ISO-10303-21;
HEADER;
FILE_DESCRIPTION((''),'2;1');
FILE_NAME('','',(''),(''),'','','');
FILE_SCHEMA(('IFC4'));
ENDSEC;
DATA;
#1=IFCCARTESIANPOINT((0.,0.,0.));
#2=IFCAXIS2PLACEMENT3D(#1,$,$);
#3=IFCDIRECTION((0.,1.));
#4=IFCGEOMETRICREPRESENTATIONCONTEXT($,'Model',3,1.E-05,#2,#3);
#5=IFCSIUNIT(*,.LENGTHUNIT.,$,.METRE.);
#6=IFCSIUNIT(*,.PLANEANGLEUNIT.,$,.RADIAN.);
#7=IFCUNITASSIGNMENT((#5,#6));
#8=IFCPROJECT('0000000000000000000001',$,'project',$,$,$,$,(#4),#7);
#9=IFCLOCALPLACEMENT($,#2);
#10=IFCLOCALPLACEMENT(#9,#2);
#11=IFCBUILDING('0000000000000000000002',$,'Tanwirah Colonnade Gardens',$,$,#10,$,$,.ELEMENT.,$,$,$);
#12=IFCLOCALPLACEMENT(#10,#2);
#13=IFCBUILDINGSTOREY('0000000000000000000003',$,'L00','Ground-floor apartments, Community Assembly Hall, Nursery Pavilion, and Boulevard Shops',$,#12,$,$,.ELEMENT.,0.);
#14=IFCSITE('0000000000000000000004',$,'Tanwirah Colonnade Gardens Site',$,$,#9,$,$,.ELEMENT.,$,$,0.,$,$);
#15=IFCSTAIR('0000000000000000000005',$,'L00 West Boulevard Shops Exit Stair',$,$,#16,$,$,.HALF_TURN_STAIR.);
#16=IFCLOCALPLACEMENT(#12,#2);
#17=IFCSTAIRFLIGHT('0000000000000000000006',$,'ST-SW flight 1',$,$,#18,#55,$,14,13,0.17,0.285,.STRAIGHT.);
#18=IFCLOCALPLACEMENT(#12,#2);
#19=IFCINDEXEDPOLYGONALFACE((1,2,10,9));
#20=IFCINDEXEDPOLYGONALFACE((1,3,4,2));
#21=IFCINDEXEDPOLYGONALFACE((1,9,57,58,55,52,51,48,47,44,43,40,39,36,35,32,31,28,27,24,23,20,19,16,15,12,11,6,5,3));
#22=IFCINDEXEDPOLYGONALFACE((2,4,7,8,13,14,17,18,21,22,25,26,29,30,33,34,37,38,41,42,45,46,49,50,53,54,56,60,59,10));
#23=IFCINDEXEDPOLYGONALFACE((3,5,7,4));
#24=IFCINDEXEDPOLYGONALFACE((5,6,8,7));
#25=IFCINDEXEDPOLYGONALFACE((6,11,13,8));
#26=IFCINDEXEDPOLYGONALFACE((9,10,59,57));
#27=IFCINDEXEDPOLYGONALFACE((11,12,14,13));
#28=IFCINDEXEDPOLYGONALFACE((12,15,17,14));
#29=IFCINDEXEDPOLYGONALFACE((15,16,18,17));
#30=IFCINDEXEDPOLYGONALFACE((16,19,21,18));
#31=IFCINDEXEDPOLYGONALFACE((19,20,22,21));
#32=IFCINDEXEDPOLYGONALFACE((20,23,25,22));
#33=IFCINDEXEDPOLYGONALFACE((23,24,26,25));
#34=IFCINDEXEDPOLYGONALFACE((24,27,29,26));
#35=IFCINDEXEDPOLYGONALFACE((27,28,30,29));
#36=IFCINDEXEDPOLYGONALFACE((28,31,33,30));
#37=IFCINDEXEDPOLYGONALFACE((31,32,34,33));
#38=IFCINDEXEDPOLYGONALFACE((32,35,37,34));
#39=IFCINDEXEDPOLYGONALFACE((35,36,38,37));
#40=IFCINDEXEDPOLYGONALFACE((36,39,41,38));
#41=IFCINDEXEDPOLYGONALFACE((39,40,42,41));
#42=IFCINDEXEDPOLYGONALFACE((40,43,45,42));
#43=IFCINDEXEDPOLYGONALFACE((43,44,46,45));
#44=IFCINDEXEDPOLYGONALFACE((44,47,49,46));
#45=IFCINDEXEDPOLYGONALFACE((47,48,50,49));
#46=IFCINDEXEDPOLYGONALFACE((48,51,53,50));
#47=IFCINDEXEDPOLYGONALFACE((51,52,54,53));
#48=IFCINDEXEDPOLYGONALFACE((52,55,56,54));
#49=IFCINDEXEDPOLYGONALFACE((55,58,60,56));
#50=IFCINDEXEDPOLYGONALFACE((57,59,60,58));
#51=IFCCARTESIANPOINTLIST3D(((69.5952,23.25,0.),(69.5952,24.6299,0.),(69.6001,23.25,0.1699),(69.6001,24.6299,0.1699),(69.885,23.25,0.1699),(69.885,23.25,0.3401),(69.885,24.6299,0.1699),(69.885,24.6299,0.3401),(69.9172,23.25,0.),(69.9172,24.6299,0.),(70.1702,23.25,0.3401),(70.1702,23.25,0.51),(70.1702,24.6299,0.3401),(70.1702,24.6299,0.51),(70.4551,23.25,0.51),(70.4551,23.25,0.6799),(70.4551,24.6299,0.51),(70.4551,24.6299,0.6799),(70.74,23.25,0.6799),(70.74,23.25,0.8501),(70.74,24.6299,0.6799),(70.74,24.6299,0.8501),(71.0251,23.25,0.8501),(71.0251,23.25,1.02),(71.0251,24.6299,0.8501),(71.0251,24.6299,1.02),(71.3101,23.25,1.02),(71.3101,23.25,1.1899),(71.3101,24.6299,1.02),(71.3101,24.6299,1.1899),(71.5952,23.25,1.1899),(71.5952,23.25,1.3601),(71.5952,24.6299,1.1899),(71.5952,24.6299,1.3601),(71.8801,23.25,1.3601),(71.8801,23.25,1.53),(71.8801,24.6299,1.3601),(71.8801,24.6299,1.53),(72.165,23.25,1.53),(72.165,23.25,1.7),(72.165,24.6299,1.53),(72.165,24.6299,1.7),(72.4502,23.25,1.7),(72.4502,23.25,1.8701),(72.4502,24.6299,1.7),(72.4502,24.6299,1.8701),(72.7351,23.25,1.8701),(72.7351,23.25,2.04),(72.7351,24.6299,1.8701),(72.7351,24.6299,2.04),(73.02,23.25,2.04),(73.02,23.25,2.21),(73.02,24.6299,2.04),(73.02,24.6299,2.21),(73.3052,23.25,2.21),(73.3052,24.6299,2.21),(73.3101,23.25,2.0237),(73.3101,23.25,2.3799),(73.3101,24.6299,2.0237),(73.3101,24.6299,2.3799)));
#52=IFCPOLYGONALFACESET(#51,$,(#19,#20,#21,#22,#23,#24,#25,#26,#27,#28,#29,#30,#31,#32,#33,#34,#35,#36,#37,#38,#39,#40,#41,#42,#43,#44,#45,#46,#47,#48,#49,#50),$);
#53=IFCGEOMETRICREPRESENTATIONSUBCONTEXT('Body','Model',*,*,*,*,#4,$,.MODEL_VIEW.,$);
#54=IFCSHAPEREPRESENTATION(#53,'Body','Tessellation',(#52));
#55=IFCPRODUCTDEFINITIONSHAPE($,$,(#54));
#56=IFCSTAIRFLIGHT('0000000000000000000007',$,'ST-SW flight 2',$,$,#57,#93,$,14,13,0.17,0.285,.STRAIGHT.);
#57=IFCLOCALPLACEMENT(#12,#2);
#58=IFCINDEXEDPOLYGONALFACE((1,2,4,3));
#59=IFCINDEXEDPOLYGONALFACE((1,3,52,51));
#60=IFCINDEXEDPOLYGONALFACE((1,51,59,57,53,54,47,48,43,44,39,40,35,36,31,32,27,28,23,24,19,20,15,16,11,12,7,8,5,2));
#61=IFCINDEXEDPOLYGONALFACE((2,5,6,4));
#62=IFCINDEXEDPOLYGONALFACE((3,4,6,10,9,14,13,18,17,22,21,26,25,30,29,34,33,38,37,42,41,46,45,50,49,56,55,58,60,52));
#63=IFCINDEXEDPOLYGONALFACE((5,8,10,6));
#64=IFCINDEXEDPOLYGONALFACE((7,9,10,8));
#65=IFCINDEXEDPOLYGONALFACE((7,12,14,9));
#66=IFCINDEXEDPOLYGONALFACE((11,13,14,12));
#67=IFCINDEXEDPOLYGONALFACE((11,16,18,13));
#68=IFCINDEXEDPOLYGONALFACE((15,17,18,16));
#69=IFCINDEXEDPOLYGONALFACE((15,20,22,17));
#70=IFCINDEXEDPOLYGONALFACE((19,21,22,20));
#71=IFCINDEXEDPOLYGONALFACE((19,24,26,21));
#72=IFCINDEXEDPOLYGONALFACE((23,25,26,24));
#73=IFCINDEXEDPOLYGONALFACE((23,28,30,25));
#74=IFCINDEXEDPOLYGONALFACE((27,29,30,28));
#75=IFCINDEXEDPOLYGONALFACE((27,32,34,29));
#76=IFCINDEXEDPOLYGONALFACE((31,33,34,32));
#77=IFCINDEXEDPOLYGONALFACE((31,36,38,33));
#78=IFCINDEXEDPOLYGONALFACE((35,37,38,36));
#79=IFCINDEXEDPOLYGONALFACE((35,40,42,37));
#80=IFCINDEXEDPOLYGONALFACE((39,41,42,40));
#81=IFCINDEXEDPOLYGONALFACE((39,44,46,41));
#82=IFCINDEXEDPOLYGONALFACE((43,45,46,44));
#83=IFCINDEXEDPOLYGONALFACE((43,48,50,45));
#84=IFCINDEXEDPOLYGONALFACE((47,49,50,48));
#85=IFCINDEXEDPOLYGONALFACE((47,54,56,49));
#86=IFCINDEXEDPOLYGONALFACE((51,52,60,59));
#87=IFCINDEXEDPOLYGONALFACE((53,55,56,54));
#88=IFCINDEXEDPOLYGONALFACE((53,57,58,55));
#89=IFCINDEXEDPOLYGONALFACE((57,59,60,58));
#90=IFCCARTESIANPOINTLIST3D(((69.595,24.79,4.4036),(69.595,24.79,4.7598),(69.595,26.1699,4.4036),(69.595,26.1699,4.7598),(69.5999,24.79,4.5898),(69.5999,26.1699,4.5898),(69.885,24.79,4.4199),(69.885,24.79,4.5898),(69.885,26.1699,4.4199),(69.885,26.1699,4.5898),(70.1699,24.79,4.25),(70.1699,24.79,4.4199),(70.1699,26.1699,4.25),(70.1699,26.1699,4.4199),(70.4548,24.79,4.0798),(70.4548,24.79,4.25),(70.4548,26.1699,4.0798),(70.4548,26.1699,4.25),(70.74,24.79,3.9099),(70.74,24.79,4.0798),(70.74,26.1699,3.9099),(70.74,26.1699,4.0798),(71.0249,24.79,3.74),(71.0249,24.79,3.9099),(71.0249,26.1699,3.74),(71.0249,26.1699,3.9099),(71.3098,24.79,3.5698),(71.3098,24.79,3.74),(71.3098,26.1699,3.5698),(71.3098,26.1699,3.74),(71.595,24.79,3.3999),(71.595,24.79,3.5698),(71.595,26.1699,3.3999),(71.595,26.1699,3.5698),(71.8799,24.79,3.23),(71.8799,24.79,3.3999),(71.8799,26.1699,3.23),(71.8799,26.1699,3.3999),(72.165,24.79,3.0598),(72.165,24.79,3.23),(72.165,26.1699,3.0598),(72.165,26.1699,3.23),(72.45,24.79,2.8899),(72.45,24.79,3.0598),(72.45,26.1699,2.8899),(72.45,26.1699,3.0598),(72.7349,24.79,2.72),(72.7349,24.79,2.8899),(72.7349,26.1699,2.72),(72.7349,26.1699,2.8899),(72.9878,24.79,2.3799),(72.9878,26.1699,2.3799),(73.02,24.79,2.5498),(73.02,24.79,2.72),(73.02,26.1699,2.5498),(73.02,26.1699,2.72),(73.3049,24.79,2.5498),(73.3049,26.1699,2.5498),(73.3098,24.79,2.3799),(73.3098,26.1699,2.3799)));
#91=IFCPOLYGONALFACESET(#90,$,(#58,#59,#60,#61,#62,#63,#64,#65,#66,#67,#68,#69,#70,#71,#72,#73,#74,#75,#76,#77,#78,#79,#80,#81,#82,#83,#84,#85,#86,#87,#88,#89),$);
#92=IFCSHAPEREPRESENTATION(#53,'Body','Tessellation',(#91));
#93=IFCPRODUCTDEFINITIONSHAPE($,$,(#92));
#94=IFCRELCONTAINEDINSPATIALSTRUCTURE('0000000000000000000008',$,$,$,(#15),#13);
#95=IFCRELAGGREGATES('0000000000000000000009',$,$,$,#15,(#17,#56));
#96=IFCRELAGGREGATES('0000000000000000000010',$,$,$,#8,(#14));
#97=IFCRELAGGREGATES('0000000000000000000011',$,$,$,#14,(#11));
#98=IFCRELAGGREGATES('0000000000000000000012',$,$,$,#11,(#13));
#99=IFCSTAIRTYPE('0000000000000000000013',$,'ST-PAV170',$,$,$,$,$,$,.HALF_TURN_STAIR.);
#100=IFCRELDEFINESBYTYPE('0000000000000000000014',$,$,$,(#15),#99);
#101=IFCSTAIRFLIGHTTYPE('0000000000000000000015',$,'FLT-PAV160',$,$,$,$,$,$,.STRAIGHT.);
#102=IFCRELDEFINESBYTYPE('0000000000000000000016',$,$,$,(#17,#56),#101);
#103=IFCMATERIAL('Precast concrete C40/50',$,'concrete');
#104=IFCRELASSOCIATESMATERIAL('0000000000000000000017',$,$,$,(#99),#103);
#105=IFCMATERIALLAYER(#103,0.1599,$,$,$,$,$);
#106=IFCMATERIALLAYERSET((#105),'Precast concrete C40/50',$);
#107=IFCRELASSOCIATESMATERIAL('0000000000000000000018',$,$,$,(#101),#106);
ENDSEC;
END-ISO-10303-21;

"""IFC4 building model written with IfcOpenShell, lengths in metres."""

from ifc_helpers import new_model, si_unit, direction, frame, origin, place, context, subcontext, project, spatial, polyline, outline, extrude, material, layer, layer_set, type_object, element, aggregate, save


model = new_model("IFC4")

# Units and contexts
model_context = context("Model", 3, precision=1e-05, world=origin(), true_north=direction((0.0, 1.0)))
body_context = subcontext(model_context, "Body", "Model", "MODEL_VIEW")
ifc_project = project(units=[si_unit("LENGTHUNIT", "METRE"), si_unit("PLANEANGLEUNIT", "RADIAN")], contexts=[model_context])

# Site, building, storey
site_placement = place(None, origin())
site = spatial("IfcSite", under=ifc_project, at=site_placement, Name="Tanwirah Colonnade Gardens Site", CompositionType="ELEMENT", RefElevation=0.0)
building_placement = place(site_placement, origin())
building = spatial("IfcBuilding", under=site, at=building_placement, Name="Tanwirah Colonnade Gardens", CompositionType="ELEMENT")
storey_placement = place(building_placement, origin())
storey = spatial("IfcBuildingStorey", under=building, at=storey_placement, Name="L00", Description="Ground-floor apartments, Community Assembly Hall, Nursery Pavilion, and Boulevard Shops", CompositionType="ELEMENT", Elevation=0.0)

# Shared definitions
ifc_material_1 = material(Name="Precast concrete C40/50", Category="concrete")

# Stair, stair flights
stair_type = type_object("IfcStairType", Name="ST-PAV170", PredefinedType="HALF_TURN_STAIR", material=ifc_material_1)
stair_placement = place(storey_placement, origin())
stair = element("IfcStair", 1, at=stair_placement, inside=storey, type_object=stair_type, Name="L00 West Boulevard Shops Exit Stair", PredefinedType="HALF_TURN_STAIR")
ifc_layer_1 = layer(ifc_material_1, 0.1599)
ifc_layer_set_1 = layer_set([ifc_layer_1], Name="Precast concrete C40/50")
stair_flight_type = type_object("IfcStairFlightType", Name="FLT-PAV160", PredefinedType="STRAIGHT", material=ifc_layer_set_1)
stair_flight_1_placement = place(storey_placement, frame((69.6001, 23.9399, 0.0), z_axis=(0.0, 0.0, 1.0), x_axis=(1.0, 0.0, 0.0)))
stair_flight_1 = element("IfcStairFlight", 2, at=stair_flight_1_placement, type_object=stair_flight_type, Name="ST-SW flight 1", NumberOfRisers=14, NumberOfTreads=13, PredefinedType="STRAIGHT", RiserHeight=0.17, TreadLength=0.285, context=body_context, shape_type="SweptSolid", body=[
    extrude(outline(polyline([(-0.0049, 0.0), (0.0, 0.1699), (0.2849, 0.1699), (0.2849, 0.3401), (0.5701, 0.3401), (0.5701, 0.51), (0.855, 0.51), (0.855, 0.6799), (1.1399, 0.6799), (1.1399, 0.8501), (1.425, 0.8501), (1.425, 1.02), (1.71, 1.02), (1.71, 1.1899), (1.9951, 1.1899), (1.9951, 1.3601), (2.28, 1.3601), (2.28, 1.53), (2.5649, 1.53), (2.5649, 1.7), (2.8501, 1.7), (2.8501, 1.8701), (3.135, 1.8701), (3.135, 2.04), (3.4199, 2.04), (3.4199, 2.21), (3.7051, 2.21), (3.71, 2.3799), (3.71, 2.0237), (0.3171, 0.0), (-0.0049, 0.0)])), frame((0.0, 0.6899, 0.0), z_axis=(0.0, -1.0, 0.0), x_axis=(1.0, 0.0, 0.0)), (0.0, 0.0, 1.0), 1.3799),
])
stair_flight_2_placement = place(storey_placement, frame((73.3049, 25.48, 2.3799), z_axis=(0.0, 0.0, 1.0), x_axis=(-1.0, 0.0, 0.0)))
stair_flight_2 = element("IfcStairFlight", 3, at=stair_flight_2_placement, type_object=stair_flight_type, Name="ST-SW flight 2", NumberOfRisers=14, NumberOfTreads=13, PredefinedType="STRAIGHT", RiserHeight=0.17, TreadLength=0.285, context=body_context, shape_type="SweptSolid", body=[
    extrude(outline(polyline([(-0.0049, 0.0), (0.0, 0.1699), (0.2849, 0.1699), (0.2849, 0.3401), (0.5701, 0.3401), (0.5701, 0.51), (0.855, 0.51), (0.855, 0.6799), (1.1399, 0.6799), (1.1399, 0.8501), (1.425, 0.8501), (1.425, 1.02), (1.71, 1.02), (1.71, 1.1899), (1.9951, 1.1899), (1.9951, 1.3601), (2.28, 1.3601), (2.28, 1.53), (2.5649, 1.53), (2.5649, 1.7), (2.8501, 1.7), (2.8501, 1.8701), (3.135, 1.8701), (3.135, 2.04), (3.4199, 2.04), (3.4199, 2.21), (3.7051, 2.21), (3.71, 2.3799), (3.71, 2.0237), (0.3171, 0.0), (-0.0049, 0.0)])), frame((0.0, 0.6899, 0.0), z_axis=(0.0, -1.0, 0.0), x_axis=(1.0, 0.0, 0.0)), (0.0, 0.0, 1.0), 1.3799),
])
aggregate(stair, [stair_flight_1, stair_flight_2])

save(model, "model.ifc")
